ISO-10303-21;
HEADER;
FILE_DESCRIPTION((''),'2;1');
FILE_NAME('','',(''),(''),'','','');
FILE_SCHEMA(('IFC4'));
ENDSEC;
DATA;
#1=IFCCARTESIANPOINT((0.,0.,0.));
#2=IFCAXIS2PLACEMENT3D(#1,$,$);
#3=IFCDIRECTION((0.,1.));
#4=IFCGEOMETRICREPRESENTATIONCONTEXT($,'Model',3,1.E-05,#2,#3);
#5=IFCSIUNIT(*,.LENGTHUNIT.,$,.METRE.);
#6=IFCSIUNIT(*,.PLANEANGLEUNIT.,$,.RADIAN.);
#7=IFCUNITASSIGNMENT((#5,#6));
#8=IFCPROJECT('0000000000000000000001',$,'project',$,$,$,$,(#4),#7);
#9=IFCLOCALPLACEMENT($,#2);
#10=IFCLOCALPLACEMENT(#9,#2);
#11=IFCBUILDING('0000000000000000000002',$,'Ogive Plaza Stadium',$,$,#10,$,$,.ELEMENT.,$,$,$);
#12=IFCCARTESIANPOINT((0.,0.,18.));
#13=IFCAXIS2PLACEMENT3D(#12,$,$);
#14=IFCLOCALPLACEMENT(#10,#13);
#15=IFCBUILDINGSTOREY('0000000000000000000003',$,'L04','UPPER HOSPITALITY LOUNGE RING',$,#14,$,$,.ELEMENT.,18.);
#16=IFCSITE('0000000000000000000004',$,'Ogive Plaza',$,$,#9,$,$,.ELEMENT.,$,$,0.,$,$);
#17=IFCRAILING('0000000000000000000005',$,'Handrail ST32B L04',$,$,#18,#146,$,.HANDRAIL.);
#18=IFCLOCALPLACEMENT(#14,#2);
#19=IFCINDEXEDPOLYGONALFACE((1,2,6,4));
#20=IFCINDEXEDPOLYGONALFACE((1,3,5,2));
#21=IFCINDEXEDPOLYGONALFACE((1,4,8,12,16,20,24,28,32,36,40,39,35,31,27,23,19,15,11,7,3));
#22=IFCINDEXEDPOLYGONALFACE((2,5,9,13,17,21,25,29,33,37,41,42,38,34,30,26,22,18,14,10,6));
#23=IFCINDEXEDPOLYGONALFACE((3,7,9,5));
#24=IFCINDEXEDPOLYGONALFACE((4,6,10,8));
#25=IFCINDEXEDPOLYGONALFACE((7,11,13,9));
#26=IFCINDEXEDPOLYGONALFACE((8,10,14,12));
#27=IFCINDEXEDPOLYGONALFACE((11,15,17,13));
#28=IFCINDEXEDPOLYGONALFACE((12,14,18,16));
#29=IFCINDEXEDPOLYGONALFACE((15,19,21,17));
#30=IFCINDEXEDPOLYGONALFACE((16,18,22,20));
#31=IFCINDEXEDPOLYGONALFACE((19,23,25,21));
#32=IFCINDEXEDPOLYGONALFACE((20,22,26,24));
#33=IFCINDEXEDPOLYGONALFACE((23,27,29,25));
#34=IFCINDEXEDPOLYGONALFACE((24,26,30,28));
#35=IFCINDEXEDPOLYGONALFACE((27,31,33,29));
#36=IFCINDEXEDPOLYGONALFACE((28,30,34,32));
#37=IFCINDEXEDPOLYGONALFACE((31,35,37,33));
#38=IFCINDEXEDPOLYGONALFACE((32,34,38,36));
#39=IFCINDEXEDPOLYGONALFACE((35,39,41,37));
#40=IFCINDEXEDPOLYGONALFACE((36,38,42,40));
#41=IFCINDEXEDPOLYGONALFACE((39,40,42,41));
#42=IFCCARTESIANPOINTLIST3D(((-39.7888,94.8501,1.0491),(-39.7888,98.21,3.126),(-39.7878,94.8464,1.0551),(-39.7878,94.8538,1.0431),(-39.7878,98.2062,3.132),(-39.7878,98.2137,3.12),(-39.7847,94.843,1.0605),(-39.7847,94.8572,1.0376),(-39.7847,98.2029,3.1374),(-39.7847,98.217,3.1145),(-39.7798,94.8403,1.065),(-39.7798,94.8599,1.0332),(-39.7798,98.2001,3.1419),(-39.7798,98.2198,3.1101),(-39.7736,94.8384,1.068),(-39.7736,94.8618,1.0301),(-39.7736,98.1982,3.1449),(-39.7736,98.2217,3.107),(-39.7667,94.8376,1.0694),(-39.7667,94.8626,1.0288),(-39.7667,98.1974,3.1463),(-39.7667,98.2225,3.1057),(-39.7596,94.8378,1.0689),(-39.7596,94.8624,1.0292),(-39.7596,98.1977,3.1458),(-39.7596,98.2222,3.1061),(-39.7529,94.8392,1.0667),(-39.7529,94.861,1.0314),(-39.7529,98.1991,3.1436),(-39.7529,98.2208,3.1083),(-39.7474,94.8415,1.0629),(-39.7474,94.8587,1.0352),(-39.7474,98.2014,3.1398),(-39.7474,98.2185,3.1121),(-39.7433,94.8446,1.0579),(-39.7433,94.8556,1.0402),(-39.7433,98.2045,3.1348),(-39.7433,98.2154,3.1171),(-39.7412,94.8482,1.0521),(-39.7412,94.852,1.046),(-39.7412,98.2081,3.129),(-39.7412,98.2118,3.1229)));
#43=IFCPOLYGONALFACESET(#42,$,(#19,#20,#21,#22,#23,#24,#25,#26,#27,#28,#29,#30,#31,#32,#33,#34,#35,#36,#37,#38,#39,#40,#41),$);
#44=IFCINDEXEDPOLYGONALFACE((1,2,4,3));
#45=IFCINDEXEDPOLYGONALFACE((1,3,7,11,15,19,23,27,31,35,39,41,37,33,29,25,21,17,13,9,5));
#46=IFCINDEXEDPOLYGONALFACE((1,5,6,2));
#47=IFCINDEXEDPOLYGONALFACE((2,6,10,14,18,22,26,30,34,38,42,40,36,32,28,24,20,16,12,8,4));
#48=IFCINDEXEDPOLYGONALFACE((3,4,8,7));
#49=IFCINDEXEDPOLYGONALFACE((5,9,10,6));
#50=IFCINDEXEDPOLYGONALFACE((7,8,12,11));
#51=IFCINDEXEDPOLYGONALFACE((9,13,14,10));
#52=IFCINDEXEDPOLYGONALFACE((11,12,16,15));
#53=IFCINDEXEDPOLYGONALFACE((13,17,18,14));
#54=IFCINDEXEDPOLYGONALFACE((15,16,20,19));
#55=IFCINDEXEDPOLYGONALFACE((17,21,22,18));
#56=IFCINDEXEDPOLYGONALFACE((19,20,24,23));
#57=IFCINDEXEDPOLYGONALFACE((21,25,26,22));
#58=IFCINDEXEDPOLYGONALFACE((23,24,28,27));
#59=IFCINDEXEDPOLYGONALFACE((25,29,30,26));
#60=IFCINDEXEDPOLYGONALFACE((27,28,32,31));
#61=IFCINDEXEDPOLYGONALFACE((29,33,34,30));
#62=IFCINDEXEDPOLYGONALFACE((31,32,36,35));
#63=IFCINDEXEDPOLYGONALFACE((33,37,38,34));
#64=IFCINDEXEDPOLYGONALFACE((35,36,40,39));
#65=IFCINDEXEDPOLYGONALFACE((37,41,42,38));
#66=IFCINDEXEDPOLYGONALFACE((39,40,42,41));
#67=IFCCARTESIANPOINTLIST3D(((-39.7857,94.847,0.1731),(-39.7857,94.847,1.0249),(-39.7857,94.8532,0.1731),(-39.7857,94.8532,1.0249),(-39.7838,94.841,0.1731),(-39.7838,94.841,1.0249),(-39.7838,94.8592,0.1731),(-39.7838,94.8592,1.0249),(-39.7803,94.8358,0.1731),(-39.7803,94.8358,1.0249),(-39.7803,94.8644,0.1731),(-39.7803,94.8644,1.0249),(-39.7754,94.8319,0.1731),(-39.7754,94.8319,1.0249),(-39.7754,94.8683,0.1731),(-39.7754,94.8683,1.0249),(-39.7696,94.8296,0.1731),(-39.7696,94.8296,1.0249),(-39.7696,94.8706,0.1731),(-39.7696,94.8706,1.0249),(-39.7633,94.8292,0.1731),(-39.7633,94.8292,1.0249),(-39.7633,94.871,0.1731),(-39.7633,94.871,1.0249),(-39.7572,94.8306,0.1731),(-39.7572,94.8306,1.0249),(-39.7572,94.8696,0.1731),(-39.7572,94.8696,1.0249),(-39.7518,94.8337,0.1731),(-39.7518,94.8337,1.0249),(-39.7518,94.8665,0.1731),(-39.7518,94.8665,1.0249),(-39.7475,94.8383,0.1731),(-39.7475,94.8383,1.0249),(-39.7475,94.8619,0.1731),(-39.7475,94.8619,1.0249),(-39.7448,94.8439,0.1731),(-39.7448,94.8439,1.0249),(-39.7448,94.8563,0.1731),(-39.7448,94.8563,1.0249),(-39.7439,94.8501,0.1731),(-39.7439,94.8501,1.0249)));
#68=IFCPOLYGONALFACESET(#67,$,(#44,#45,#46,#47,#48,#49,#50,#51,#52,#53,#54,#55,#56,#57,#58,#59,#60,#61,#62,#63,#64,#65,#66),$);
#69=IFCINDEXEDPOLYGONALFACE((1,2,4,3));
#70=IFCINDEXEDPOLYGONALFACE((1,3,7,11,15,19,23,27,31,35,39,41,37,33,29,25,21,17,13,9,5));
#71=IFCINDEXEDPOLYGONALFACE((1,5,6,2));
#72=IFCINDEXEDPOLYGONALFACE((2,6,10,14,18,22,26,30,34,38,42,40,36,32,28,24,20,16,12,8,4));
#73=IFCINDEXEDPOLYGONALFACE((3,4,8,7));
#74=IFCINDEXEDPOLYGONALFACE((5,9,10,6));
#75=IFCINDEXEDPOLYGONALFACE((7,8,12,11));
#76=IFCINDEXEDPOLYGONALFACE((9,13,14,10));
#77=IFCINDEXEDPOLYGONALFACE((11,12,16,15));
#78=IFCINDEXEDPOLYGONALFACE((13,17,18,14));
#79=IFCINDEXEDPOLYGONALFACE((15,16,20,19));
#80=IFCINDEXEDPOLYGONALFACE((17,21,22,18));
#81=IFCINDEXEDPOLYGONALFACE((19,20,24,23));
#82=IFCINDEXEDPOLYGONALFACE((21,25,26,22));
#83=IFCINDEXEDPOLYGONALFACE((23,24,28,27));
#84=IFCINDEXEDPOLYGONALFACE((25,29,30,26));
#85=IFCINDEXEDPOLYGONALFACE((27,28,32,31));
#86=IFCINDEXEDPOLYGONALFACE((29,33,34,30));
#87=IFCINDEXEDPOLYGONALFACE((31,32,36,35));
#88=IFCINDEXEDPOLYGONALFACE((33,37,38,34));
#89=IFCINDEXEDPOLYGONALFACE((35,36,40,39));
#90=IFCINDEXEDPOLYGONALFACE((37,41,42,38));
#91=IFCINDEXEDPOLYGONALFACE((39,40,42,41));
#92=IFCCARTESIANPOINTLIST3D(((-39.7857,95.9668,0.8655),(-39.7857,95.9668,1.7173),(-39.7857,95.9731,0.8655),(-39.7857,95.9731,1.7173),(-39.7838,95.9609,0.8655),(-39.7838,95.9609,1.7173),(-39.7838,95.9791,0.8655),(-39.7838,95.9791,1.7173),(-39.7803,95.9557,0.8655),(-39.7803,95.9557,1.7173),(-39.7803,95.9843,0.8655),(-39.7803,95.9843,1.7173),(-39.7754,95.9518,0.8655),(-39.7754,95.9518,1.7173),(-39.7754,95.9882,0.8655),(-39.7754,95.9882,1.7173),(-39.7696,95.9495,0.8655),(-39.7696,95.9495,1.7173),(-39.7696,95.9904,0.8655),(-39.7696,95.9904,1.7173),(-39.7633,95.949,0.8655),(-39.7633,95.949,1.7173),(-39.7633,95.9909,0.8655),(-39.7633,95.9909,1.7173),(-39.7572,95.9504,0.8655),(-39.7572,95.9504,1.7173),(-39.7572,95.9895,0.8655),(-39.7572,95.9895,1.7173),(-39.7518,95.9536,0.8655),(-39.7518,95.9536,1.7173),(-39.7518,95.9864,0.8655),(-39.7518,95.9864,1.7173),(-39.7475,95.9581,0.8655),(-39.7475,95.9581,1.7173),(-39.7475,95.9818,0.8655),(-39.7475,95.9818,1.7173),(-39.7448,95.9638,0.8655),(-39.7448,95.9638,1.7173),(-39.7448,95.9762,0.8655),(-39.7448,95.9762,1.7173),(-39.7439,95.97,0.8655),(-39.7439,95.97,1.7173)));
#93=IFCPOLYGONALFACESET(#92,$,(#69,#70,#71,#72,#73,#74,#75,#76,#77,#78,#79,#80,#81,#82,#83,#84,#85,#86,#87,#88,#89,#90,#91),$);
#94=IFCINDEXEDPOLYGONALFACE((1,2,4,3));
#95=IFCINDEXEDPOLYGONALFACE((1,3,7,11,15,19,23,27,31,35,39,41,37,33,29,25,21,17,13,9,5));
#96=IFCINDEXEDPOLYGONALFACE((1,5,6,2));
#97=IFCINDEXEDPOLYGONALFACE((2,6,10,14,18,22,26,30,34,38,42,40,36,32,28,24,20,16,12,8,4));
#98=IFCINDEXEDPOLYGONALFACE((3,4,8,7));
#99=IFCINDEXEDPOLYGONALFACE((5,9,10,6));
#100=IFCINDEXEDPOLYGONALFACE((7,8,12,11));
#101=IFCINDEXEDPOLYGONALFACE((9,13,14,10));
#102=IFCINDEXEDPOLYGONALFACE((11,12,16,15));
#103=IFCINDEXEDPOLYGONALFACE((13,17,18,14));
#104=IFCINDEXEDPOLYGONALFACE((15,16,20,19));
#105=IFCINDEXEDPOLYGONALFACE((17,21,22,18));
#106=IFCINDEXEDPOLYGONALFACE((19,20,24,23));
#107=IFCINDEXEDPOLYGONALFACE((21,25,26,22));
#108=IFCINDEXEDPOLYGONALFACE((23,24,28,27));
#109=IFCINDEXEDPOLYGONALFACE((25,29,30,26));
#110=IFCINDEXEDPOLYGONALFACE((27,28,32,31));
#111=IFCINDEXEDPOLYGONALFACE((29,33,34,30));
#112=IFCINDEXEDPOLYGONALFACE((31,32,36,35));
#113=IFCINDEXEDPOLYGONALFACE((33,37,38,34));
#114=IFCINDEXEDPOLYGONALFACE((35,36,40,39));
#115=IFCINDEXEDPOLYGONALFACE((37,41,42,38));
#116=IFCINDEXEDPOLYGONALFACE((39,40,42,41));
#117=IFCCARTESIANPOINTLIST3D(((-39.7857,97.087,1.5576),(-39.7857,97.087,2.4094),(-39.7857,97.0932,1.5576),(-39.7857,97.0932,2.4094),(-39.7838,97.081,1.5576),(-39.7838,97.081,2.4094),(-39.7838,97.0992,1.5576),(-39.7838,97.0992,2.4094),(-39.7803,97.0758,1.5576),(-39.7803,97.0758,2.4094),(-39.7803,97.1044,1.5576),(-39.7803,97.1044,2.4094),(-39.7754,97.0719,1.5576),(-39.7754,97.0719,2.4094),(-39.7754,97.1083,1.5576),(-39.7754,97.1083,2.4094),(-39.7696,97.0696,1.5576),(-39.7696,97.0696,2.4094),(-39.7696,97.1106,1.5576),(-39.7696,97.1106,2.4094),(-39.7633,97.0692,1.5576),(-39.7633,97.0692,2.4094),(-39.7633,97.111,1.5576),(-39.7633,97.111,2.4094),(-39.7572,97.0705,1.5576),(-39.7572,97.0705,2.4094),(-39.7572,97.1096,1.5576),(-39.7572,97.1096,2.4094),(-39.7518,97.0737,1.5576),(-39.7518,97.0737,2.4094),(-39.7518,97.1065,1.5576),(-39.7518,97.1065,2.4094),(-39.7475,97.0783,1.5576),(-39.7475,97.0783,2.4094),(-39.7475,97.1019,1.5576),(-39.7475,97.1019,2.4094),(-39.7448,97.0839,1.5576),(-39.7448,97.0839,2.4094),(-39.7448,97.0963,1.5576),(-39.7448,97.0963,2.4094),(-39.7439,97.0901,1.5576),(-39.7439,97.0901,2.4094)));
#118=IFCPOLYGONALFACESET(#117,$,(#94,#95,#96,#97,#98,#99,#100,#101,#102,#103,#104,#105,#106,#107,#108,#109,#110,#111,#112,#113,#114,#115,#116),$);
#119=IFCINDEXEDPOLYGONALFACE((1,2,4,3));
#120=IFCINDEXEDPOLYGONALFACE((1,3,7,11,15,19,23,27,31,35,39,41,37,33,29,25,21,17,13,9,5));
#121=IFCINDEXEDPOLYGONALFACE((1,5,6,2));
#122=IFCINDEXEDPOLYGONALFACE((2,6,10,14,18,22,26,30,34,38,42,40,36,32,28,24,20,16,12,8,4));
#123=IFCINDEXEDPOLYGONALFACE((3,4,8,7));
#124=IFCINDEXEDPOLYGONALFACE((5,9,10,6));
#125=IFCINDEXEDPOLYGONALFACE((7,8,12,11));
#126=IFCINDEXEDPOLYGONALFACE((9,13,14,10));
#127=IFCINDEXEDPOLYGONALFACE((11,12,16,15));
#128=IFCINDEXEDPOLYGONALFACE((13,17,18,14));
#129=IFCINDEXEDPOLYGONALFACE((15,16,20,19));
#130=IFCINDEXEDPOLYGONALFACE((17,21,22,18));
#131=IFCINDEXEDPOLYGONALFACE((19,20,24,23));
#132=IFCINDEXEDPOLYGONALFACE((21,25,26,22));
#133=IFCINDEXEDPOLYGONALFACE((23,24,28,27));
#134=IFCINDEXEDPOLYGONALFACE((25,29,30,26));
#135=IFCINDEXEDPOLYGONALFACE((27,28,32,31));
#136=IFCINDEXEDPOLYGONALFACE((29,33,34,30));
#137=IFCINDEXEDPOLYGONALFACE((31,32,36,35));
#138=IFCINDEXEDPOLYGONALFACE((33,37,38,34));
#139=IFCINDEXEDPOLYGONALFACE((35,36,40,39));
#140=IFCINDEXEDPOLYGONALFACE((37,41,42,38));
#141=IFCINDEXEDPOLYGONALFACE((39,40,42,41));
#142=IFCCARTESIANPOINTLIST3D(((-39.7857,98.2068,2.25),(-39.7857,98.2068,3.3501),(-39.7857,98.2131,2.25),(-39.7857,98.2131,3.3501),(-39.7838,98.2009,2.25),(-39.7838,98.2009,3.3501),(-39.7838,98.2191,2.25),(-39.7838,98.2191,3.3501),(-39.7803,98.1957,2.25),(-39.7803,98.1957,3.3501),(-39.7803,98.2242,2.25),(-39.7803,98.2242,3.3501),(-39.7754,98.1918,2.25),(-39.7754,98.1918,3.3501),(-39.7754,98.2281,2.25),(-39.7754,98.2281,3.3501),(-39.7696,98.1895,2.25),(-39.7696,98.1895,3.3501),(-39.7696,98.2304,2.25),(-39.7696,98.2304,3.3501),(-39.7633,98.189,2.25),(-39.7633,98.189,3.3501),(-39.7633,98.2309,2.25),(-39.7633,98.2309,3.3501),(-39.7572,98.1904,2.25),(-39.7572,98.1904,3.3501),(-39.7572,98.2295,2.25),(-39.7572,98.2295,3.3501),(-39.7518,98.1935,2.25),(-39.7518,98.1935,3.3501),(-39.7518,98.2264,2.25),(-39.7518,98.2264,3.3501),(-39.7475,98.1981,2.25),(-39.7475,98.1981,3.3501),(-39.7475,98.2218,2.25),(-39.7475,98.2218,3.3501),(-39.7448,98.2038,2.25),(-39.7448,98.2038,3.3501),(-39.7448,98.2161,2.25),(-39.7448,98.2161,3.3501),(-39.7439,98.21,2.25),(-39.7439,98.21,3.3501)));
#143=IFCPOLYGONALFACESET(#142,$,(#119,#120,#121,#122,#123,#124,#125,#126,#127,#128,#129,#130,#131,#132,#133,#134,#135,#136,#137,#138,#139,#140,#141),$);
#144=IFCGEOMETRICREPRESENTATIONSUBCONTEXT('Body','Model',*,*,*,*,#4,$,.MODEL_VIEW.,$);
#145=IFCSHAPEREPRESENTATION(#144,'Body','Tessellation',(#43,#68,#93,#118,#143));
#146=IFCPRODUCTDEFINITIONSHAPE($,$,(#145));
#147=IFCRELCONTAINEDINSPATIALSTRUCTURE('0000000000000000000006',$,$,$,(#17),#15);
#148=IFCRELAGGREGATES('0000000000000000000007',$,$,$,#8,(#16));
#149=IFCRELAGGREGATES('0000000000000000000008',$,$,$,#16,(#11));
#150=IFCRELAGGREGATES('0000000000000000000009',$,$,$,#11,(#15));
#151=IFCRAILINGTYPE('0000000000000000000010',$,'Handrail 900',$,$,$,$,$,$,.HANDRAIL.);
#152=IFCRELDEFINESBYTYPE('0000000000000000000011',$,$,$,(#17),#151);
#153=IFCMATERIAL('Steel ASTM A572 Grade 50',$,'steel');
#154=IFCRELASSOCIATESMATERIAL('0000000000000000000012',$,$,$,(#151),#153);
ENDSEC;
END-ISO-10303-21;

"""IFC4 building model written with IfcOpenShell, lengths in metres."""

from ifc_helpers import new_model, si_unit, direction, frame, origin, origin_2d, place, context, subcontext, project, spatial, circle, extrude, material, type_object, element, save


model = new_model("IFC4")

# Units and contexts
model_context = context("Model", 3, precision=1e-05, world=origin(), true_north=direction((0.0, 1.0)))
body_context = subcontext(model_context, "Body", "Model", "MODEL_VIEW")
ifc_project = project(units=[si_unit("LENGTHUNIT", "METRE"), si_unit("PLANEANGLEUNIT", "RADIAN")], contexts=[model_context])

# Site, building, storey
site_placement = place(None, origin())
site = spatial("IfcSite", under=ifc_project, at=site_placement, Name="Ogive Plaza", CompositionType="ELEMENT", RefElevation=0.0)
building_placement = place(site_placement, origin())
building = spatial("IfcBuilding", under=site, at=building_placement, Name="Ogive Plaza Stadium", CompositionType="ELEMENT")
storey_placement = place(building_placement, frame((0.0, 0.0, 18.0)))
storey = spatial("IfcBuildingStorey", under=building, at=storey_placement, Name="L04", Description="UPPER HOSPITALITY LOUNGE RING", CompositionType="ELEMENT", Elevation=18.0)

# Railing
ifc_material_1 = material(Name="Steel ASTM A572 Grade 50", Category="steel")
railing_type_1 = type_object("IfcRailingType", Name="Handrail 900", PredefinedType="HANDRAIL", material=ifc_material_1)
for number, where, name in (
    (1, (-39.7649, 94.8501, 0.1731), "Handrail ST32B L04"),
):
    element("IfcRailing", number, at=place(storey_placement, frame(where)), inside=storey, type_object=railing_type_1, Name=name, PredefinedType="HANDRAIL", context=body_context, shape_type="SweptSolid", body=[
        extrude(circle(Radius=0.0239, at=origin_2d()), frame((0.0, 0.0, 0.876), z_axis=(0.0, 0.850606, 0.525803), x_axis=(-1.0, 0.0, 0.0)), (0.0, 0.0, 1.0), 3.95),
        extrude(circle(Radius=0.021, at=origin_2d()), origin(), (0.0, 0.0, 1.0), 0.8518),
        extrude(circle(Radius=0.021, at=origin_2d()), frame((0.0, 1.1199, 0.6924)), (0.0, 0.0, 1.0), 0.8518),
        extrude(circle(Radius=0.021, at=origin_2d()), frame((0.0, 2.24, 1.3845)), (0.0, 0.0, 1.0), 0.8518),
        extrude(circle(Radius=0.021, at=origin_2d()), frame((0.0, 3.3599, 2.0769)), (0.0, 0.0, 1.0), 1.1001),
    ])

save(model, "model.ifc")
